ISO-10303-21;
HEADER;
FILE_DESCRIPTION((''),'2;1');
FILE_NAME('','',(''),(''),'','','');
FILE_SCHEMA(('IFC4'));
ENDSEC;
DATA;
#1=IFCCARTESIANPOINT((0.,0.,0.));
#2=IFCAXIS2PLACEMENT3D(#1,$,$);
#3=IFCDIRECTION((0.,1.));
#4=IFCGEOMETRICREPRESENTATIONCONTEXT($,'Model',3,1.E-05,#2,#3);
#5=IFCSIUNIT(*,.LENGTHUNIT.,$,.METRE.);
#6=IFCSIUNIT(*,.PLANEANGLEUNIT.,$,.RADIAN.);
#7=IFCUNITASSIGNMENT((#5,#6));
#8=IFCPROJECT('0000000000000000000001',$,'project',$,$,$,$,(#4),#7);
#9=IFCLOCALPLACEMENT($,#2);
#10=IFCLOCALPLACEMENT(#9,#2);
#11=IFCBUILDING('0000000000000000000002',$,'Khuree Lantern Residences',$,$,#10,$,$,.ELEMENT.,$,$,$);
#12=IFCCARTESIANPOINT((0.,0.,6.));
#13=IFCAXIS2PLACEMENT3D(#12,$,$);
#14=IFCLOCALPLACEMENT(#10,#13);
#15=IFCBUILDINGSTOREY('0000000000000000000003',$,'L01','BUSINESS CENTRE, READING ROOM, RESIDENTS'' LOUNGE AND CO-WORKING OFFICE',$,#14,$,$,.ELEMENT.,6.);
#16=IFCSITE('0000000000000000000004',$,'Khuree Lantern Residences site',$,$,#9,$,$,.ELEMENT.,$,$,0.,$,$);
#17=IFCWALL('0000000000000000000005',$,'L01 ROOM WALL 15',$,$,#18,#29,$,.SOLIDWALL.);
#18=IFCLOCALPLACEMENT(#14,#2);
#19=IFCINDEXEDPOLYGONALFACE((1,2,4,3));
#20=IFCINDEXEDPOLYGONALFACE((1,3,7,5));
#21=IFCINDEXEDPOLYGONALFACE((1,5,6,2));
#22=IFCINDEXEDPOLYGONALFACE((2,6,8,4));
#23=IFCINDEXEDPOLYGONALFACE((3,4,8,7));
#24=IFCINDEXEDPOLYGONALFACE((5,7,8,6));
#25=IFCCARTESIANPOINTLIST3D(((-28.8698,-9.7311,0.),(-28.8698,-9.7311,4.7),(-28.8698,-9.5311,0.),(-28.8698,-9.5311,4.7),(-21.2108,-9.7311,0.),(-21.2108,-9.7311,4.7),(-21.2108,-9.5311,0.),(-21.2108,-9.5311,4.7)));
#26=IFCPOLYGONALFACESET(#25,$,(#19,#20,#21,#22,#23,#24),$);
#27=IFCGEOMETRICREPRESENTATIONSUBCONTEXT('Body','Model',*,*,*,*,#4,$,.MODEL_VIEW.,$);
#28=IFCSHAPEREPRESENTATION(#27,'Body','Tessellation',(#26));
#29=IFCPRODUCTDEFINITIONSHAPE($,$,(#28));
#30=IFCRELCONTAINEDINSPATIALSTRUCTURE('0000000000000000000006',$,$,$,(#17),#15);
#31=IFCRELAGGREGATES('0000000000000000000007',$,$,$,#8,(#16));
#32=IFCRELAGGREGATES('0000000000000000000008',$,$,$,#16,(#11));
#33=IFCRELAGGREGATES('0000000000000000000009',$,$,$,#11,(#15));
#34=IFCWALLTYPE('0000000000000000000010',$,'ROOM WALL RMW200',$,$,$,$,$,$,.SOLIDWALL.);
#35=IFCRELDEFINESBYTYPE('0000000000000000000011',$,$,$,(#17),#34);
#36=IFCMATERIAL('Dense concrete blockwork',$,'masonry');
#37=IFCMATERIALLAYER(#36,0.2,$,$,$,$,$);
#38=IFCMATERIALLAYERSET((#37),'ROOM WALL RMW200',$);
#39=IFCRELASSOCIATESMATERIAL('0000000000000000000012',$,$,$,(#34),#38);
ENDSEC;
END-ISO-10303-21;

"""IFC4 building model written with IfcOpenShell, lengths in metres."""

from ifc_helpers import new_model, si_unit, direction, frame, frame_2d, origin, place, context, subcontext, project, spatial, rectangle, extrude, material, layer, layer_set, type_object, element, save


model = new_model("IFC4")

# Units and contexts
model_context = context("Model", 3, precision=1e-05, world=origin(), true_north=direction((0.0, 1.0)))
body_context = subcontext(model_context, "Body", "Model", "MODEL_VIEW")
ifc_project = project(units=[si_unit("LENGTHUNIT", "METRE"), si_unit("PLANEANGLEUNIT", "RADIAN")], contexts=[model_context])

# Site, building, storey
site_placement = place(None, origin())
site = spatial("IfcSite", under=ifc_project, at=site_placement, Name="Khuree Lantern Residences site", CompositionType="ELEMENT", RefElevation=0.0)
building_placement = place(site_placement, origin())
building = spatial("IfcBuilding", under=site, at=building_placement, Name="Khuree Lantern Residences", CompositionType="ELEMENT")
storey_placement = place(building_placement, frame((0.0, 0.0, 6.0)))
storey = spatial("IfcBuildingStorey", under=building, at=storey_placement, Name="L01", Description="BUSINESS CENTRE, READING ROOM, RESIDENTS' LOUNGE AND CO-WORKING OFFICE", CompositionType="ELEMENT", Elevation=6.0)

# Shared definitions
ifc_material_1 = material(Name="Dense concrete blockwork", Category="masonry")
ifc_layer_1 = layer(ifc_material_1, 0.2)
ifc_layer_set_1 = layer_set([ifc_layer_1], Name="ROOM WALL RMW200")
wall_type_1 = type_object("IfcWallType", Name="ROOM WALL RMW200", PredefinedType="SOLIDWALL", material=ifc_layer_set_1)

# Wall
wall_1_placement = place(storey_placement, frame((-28.8699, -9.6311, 0.0), z_axis=(0.0, 0.0, 1.0), x_axis=(1.0, 0.0, 0.0)))
element("IfcWall", 1, at=wall_1_placement, inside=storey, type_object=wall_type_1, Name="L01 ROOM WALL 15", PredefinedType="SOLIDWALL", context=body_context, shape_type="SweptSolid", body=[
    extrude(rectangle(XDim=7.6589, YDim=0.2, at=frame_2d((3.8296, 0.0))), origin(), (0.0, 0.0, 1.0), 4.7),
])

save(model, "model.ifc")
